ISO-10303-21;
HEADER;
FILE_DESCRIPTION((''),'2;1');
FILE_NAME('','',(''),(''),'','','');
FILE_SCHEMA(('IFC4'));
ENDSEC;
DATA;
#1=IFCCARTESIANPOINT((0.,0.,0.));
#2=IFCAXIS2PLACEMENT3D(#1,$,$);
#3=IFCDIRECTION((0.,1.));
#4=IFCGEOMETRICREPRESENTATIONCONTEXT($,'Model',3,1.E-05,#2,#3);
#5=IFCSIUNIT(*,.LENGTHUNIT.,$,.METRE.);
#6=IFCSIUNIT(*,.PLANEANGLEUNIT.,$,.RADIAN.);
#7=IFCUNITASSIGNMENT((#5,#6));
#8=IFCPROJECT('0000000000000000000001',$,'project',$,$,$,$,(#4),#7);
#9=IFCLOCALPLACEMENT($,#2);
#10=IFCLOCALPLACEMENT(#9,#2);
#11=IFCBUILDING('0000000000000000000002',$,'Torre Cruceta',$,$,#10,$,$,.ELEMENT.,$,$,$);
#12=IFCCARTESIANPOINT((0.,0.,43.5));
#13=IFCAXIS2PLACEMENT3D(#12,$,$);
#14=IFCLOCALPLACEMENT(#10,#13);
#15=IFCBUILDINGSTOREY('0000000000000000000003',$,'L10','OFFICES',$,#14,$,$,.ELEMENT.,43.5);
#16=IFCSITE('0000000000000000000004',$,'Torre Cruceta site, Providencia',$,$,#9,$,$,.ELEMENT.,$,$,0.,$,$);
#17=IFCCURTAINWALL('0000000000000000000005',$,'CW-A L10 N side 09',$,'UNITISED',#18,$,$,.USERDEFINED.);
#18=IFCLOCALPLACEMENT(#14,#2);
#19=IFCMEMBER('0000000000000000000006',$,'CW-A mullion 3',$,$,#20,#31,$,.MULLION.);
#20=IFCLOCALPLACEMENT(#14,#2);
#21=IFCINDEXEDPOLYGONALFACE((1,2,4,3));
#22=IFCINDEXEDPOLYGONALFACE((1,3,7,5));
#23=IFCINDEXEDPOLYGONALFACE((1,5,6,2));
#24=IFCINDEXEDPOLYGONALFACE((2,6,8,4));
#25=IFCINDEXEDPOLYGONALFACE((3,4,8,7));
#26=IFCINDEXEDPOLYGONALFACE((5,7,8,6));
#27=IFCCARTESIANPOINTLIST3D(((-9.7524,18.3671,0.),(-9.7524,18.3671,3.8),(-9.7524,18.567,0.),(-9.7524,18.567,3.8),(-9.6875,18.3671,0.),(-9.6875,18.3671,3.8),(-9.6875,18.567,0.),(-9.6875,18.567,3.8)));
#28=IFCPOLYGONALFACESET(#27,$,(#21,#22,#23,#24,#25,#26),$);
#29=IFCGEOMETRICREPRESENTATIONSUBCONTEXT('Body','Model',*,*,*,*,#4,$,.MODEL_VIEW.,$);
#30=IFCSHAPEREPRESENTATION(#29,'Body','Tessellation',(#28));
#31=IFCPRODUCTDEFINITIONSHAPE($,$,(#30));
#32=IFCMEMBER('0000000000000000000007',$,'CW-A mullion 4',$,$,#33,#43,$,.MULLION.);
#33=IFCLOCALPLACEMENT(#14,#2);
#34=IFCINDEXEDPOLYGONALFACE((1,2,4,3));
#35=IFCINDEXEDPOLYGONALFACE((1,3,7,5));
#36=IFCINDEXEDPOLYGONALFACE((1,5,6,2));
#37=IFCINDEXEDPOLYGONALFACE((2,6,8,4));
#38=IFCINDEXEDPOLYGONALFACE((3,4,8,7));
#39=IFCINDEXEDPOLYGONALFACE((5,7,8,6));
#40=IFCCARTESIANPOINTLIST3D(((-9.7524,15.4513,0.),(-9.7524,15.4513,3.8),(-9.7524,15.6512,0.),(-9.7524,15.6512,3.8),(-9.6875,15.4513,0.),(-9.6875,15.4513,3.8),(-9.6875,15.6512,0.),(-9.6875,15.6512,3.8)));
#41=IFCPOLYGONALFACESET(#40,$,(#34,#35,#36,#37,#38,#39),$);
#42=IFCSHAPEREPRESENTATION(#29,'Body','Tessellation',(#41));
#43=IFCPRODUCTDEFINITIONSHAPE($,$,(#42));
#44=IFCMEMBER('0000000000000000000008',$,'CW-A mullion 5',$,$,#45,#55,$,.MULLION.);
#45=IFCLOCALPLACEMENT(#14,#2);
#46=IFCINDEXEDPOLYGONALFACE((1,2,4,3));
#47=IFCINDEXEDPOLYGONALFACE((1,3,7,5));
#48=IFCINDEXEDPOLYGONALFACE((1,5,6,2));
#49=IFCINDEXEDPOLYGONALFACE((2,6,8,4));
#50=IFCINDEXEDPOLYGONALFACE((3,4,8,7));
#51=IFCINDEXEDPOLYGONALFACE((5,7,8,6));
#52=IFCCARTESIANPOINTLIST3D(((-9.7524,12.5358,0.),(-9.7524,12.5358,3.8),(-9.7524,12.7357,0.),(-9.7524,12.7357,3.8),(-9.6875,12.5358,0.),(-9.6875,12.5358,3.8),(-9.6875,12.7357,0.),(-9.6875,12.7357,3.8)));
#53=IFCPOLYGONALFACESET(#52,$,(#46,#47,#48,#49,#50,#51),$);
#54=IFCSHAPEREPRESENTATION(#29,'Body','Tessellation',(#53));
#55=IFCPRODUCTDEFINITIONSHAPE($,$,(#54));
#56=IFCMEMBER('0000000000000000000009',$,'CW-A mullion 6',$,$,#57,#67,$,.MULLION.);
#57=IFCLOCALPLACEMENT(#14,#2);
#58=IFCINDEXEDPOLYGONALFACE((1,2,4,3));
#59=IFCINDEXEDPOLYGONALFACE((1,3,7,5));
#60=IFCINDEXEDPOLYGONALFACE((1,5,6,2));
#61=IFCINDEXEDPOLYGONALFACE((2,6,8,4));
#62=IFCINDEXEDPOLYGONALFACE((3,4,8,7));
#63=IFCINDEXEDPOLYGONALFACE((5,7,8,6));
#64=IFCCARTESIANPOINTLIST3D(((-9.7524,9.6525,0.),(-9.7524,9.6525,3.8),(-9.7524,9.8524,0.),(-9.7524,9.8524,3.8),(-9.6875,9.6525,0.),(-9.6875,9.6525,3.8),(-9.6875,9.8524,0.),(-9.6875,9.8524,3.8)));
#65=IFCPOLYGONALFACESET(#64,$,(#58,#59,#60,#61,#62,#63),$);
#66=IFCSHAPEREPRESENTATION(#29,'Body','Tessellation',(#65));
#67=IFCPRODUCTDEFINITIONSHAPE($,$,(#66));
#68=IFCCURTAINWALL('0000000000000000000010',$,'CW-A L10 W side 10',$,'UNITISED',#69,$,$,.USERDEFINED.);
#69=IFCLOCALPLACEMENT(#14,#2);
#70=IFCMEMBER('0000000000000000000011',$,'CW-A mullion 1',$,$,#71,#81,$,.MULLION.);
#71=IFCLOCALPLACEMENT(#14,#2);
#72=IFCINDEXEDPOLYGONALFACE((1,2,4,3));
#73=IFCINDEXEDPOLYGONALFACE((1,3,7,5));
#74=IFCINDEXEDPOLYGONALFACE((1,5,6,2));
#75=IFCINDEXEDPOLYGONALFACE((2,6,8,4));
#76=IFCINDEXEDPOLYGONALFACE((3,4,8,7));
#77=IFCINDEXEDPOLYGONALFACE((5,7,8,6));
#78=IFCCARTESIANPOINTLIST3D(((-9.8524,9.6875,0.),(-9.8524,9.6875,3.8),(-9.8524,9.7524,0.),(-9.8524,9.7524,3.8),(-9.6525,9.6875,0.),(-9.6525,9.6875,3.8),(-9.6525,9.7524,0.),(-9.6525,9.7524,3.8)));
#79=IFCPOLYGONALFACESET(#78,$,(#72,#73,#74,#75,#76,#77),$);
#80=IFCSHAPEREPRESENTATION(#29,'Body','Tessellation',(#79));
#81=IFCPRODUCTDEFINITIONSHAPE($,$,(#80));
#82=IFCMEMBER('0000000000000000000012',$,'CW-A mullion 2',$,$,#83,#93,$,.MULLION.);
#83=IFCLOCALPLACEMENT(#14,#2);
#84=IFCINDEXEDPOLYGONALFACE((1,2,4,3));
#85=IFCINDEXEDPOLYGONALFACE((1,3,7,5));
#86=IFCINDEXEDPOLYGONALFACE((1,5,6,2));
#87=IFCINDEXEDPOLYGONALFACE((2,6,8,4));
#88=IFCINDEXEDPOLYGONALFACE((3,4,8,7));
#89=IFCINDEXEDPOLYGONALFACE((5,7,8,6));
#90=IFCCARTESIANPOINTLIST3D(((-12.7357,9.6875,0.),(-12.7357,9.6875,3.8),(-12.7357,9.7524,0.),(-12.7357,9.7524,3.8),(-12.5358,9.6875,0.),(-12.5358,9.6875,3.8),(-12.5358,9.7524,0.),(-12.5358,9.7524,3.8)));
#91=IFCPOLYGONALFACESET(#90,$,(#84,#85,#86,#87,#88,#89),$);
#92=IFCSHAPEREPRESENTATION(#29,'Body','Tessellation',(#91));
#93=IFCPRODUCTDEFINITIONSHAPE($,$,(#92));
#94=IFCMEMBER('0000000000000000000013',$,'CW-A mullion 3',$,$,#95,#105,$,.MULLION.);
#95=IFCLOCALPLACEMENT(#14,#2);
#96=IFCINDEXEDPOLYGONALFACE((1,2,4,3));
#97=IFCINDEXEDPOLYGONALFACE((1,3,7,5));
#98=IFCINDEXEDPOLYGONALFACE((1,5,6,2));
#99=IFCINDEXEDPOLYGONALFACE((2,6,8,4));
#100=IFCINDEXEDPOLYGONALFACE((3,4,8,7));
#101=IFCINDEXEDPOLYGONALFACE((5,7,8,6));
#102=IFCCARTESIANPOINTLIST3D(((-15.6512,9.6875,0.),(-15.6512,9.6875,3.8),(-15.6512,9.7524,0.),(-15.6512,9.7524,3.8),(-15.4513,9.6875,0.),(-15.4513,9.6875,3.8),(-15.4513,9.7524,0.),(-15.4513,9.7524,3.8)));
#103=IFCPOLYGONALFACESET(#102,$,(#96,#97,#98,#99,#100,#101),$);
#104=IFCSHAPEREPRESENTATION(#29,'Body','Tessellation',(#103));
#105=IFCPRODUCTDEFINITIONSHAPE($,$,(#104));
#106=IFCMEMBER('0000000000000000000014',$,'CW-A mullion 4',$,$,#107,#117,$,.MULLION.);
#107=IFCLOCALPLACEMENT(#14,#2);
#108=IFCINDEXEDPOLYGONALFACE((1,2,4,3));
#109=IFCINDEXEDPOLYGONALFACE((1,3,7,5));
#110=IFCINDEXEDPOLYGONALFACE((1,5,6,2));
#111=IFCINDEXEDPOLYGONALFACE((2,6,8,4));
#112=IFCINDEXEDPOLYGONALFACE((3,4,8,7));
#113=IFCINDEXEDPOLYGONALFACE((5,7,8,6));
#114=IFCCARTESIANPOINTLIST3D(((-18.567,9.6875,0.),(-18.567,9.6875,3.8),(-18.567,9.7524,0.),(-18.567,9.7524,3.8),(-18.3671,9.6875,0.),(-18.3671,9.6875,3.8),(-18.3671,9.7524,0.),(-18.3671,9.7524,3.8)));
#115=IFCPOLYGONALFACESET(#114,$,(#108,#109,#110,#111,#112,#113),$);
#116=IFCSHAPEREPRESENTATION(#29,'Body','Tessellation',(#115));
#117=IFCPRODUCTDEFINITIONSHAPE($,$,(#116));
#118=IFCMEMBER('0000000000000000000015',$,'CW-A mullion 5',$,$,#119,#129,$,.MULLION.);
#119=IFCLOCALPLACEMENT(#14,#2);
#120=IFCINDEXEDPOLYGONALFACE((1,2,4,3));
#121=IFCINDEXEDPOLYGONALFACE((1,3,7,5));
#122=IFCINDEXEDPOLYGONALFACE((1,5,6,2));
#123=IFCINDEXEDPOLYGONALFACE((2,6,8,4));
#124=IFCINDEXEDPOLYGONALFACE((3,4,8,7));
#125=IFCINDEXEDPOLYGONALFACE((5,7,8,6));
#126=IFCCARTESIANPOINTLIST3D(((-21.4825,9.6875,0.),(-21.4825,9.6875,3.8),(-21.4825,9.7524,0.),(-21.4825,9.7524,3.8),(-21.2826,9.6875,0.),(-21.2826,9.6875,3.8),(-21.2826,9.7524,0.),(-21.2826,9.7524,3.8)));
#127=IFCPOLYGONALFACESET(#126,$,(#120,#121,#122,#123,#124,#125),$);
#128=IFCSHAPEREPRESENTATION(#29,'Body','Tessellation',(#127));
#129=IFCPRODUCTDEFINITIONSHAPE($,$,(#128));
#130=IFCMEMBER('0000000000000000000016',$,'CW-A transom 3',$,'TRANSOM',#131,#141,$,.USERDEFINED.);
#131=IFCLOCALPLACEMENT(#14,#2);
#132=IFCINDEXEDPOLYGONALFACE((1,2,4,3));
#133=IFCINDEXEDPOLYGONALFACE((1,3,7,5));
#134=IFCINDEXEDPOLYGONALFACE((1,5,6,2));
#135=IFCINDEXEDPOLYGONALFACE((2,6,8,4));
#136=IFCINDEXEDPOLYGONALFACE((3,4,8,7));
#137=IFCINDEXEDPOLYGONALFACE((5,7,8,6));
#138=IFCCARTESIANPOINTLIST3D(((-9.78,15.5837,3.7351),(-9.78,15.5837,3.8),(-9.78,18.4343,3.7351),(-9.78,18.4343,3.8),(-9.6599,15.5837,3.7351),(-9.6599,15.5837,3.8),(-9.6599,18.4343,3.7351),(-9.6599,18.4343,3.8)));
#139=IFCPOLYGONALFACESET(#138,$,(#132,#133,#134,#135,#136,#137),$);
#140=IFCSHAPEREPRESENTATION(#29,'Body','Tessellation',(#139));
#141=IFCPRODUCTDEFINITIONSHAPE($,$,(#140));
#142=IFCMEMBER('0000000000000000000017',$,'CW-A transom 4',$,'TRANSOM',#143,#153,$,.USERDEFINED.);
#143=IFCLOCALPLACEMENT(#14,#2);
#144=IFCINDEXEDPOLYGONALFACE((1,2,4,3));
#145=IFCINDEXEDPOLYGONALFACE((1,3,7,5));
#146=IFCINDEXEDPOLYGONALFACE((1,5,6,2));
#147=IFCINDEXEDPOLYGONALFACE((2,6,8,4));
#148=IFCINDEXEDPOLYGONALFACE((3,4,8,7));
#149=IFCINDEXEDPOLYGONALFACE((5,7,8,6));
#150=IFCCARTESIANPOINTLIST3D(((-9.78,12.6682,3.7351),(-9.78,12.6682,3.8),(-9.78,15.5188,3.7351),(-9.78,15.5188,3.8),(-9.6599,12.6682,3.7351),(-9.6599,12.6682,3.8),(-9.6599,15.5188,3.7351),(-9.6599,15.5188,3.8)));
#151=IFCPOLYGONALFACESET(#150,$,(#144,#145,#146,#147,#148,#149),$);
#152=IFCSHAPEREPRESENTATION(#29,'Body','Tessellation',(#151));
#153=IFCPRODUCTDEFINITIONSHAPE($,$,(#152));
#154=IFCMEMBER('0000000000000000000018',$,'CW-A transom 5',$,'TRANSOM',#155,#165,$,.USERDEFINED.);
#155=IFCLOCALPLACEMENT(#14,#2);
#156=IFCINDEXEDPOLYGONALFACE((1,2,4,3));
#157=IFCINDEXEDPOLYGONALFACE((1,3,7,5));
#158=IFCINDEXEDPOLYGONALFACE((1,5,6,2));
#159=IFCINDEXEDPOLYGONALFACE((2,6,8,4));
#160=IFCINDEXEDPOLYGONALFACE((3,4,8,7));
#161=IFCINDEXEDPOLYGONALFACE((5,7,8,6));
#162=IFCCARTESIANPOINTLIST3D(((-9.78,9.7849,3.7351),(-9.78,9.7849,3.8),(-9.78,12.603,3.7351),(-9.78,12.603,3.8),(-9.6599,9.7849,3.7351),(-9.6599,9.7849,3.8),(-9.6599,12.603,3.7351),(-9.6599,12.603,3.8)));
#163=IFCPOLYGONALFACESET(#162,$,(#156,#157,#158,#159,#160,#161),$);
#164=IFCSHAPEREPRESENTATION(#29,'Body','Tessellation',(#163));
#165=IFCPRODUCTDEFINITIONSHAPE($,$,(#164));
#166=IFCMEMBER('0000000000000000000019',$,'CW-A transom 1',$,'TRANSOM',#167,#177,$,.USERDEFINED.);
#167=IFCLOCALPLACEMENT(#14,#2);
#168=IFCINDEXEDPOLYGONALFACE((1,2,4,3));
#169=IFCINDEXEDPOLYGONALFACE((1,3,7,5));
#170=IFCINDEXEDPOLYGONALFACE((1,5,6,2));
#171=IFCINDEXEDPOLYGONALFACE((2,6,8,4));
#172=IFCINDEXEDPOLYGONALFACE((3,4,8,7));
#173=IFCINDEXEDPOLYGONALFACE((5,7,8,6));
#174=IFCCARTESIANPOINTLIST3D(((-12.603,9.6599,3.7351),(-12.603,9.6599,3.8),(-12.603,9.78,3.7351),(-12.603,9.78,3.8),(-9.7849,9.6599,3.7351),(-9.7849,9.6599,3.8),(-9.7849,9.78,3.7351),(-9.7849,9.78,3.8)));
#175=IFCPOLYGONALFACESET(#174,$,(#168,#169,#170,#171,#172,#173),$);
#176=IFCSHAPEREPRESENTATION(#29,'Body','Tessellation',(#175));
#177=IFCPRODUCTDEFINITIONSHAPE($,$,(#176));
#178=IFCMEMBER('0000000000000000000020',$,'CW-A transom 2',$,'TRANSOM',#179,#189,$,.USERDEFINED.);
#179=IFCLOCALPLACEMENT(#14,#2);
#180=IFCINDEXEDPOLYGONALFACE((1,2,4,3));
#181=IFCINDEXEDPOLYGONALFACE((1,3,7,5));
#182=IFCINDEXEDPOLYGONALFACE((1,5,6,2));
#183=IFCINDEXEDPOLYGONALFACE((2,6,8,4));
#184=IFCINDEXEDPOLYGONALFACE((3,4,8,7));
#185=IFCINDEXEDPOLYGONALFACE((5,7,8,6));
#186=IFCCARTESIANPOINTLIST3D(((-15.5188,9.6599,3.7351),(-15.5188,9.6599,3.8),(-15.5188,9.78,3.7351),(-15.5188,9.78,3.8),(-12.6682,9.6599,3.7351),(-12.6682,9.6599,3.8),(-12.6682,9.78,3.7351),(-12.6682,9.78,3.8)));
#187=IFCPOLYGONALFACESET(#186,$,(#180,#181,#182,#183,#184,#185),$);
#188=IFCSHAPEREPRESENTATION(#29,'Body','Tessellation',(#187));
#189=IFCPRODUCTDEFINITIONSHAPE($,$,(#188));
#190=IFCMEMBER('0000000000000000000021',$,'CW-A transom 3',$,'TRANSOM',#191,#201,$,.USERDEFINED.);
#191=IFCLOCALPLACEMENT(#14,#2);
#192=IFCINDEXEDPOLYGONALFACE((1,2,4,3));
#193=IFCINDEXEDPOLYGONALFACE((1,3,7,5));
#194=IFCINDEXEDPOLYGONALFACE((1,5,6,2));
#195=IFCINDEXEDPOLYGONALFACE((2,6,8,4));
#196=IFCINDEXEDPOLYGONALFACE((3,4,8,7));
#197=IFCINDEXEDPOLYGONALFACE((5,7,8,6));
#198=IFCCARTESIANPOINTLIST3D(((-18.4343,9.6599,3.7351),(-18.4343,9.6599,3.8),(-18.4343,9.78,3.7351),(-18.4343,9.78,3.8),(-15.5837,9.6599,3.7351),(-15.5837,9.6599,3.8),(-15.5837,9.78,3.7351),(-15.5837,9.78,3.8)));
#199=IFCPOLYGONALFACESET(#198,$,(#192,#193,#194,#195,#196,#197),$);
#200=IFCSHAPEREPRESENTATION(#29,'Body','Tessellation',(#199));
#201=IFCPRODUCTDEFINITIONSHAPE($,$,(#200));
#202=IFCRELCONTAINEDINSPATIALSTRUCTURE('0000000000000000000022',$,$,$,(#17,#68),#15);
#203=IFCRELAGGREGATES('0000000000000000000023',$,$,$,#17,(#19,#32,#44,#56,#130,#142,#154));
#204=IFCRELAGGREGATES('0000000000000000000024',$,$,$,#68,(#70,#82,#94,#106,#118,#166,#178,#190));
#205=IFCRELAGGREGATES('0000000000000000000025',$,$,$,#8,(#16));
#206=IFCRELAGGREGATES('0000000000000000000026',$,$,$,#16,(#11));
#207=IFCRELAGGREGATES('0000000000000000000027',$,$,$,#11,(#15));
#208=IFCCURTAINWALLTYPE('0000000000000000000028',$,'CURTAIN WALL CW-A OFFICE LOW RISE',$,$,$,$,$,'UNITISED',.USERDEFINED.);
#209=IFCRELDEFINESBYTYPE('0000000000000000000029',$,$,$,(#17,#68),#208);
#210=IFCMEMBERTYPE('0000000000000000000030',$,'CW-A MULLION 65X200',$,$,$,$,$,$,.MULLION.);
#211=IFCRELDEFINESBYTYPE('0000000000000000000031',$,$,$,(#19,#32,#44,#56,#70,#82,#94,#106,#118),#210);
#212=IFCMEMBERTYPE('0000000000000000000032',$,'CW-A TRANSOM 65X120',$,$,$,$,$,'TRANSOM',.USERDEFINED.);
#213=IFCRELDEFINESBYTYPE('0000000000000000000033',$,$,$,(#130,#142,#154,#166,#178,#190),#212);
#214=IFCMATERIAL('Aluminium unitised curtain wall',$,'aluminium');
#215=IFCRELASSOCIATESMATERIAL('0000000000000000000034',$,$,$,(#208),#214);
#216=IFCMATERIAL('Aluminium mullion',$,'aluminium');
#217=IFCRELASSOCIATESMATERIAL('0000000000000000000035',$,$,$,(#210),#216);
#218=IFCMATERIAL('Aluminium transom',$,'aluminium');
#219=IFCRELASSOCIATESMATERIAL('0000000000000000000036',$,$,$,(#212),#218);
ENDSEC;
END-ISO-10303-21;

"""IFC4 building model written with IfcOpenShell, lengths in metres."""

from ifc_helpers import new_model, si_unit, direction, frame, origin, origin_2d, place, context, subcontext, project, spatial, rectangle, extrude, material, material_profile, profile_set, type_object, element, aggregate, save


model = new_model("IFC4")

# Units and contexts
model_context = context("Model", 3, precision=1e-05, world=origin(), true_north=direction((0.0, 1.0)))
body_context = subcontext(model_context, "Body", "Model", "MODEL_VIEW")
ifc_project = project(units=[si_unit("LENGTHUNIT", "METRE"), si_unit("PLANEANGLEUNIT", "RADIAN")], contexts=[model_context])

# Site, building, storey
site_placement = place(None, origin())
site = spatial("IfcSite", under=ifc_project, at=site_placement, Name="Torre Cruceta site, Providencia", CompositionType="ELEMENT", RefElevation=0.0)
building_placement = place(site_placement, origin())
building = spatial("IfcBuilding", under=site, at=building_placement, Name="Torre Cruceta", CompositionType="ELEMENT")
storey_placement = place(building_placement, frame((0.0, 0.0, 43.5)))
storey = spatial("IfcBuildingStorey", under=building, at=storey_placement, Name="L10", Description="OFFICES", CompositionType="ELEMENT", Elevation=43.5)

# Curtain walls, members
ifc_material_1 = material(Name="Aluminium unitised curtain wall", Category="aluminium")
curtain_wall_type = type_object("IfcCurtainWallType", Name="CURTAIN WALL CW-A OFFICE LOW RISE", ElementType="UNITISED", PredefinedType="USERDEFINED", material=ifc_material_1)
curtain_wall_1_placement = place(storey_placement, origin())
curtain_wall_1 = element("IfcCurtainWall", 1, at=curtain_wall_1_placement, inside=storey, type_object=curtain_wall_type, Name="CW-A L10 N side 09", ObjectType="UNITISED", PredefinedType="USERDEFINED")
ifc_material_2 = material(Name="Aluminium mullion", Category="aluminium")
ifc_material_profile_1 = material_profile(ifc_material_2, rectangle(XDim=0.0649, YDim=0.2, at=origin_2d()), Name="AL 65X200")
ifc_profile_set_1 = profile_set([ifc_material_profile_1], Name="Aluminium mullion")
member_type_1 = type_object("IfcMemberType", Name="CW-A MULLION 65X200", PredefinedType="MULLION", material=ifc_profile_set_1)
member_1_placement = place(storey_placement, frame((-9.72, 18.467, 0.0), z_axis=(0.0, 0.0, 1.0), x_axis=(1.0, 0.0, 0.0)))
member_1 = element("IfcMember", 2, at=member_1_placement, type_object=member_type_1, Name="CW-A mullion 3", PredefinedType="MULLION", context=body_context, shape_type="SweptSolid", body=[
    extrude(rectangle(XDim=0.0649, YDim=0.2, at=origin_2d()), origin(), (0.0, 0.0, 1.0), 3.8),
])
member_2_placement = place(storey_placement, frame((-9.72, 15.5513, 0.0), z_axis=(0.0, 0.0, 1.0), x_axis=(1.0, 0.0, 0.0)))
member_2 = element("IfcMember", 3, at=member_2_placement, type_object=member_type_1, Name="CW-A mullion 4", PredefinedType="MULLION", context=body_context, shape_type="SweptSolid", body=[
    extrude(rectangle(XDim=0.0649, YDim=0.2, at=origin_2d()), origin(), (0.0, 0.0, 1.0), 3.8),
])
member_3_placement = place(storey_placement, frame((-9.72, 12.6357, 0.0), z_axis=(0.0, 0.0, 1.0), x_axis=(1.0, 0.0, 0.0)))
member_3 = element("IfcMember", 4, at=member_3_placement, type_object=member_type_1, Name="CW-A mullion 5", PredefinedType="MULLION", context=body_context, shape_type="SweptSolid", body=[
    extrude(rectangle(XDim=0.0649, YDim=0.2, at=origin_2d()), origin(), (0.0, 0.0, 1.0), 3.8),
])
member_4_placement = place(storey_placement, frame((-9.72, 9.7524, 0.0), z_axis=(0.0, 0.0, 1.0), x_axis=(1.0, 0.0, 0.0)))
member_4 = element("IfcMember", 5, at=member_4_placement, type_object=member_type_1, Name="CW-A mullion 6", PredefinedType="MULLION", context=body_context, shape_type="SweptSolid", body=[
    extrude(rectangle(XDim=0.0649, YDim=0.2, at=origin_2d()), origin(), (0.0, 0.0, 1.0), 3.8),
])
curtain_wall_2_placement = place(storey_placement, origin())
curtain_wall_2 = element("IfcCurtainWall", 6, at=curtain_wall_2_placement, inside=storey, type_object=curtain_wall_type, Name="CW-A L10 W side 10", ObjectType="UNITISED", PredefinedType="USERDEFINED")
member_5_placement = place(storey_placement, frame((-9.7524, 9.72, 0.0), z_axis=(0.0, 0.0, 1.0), x_axis=(0.0, -1.0, 0.0)))
member_5 = element("IfcMember", 7, at=member_5_placement, type_object=member_type_1, Name="CW-A mullion 1", PredefinedType="MULLION", context=body_context, shape_type="SweptSolid", body=[
    extrude(rectangle(XDim=0.0649, YDim=0.2, at=origin_2d()), origin(), (0.0, 0.0, 1.0), 3.8),
])
member_6_placement = place(storey_placement, frame((-12.6357, 9.72, 0.0), z_axis=(0.0, 0.0, 1.0), x_axis=(0.0, -1.0, 0.0)))
member_6 = element("IfcMember", 8, at=member_6_placement, type_object=member_type_1, Name="CW-A mullion 2", PredefinedType="MULLION", context=body_context, shape_type="SweptSolid", body=[
    extrude(rectangle(XDim=0.0649, YDim=0.2, at=origin_2d()), origin(), (0.0, 0.0, 1.0), 3.8),
])
member_7_placement = place(storey_placement, frame((-15.5513, 9.72, 0.0), z_axis=(0.0, 0.0, 1.0), x_axis=(0.0, -1.0, 0.0)))
member_7 = element("IfcMember", 9, at=member_7_placement, type_object=member_type_1, Name="CW-A mullion 3", PredefinedType="MULLION", context=body_context, shape_type="SweptSolid", body=[
    extrude(rectangle(XDim=0.0649, YDim=0.2, at=origin_2d()), origin(), (0.0, 0.0, 1.0), 3.8),
])
member_8_placement = place(storey_placement, frame((-18.467, 9.72, 0.0), z_axis=(0.0, 0.0, 1.0), x_axis=(0.0, -1.0, 0.0)))
member_8 = element("IfcMember", 10, at=member_8_placement, type_object=member_type_1, Name="CW-A mullion 4", PredefinedType="MULLION", context=body_context, shape_type="SweptSolid", body=[
    extrude(rectangle(XDim=0.0649, YDim=0.2, at=origin_2d()), origin(), (0.0, 0.0, 1.0), 3.8),
])
member_9_placement = place(storey_placement, frame((-21.3826, 9.72, 0.0), z_axis=(0.0, 0.0, 1.0), x_axis=(0.0, -1.0, 0.0)))
member_9 = element("IfcMember", 11, at=member_9_placement, type_object=member_type_1, Name="CW-A mullion 5", PredefinedType="MULLION", context=body_context, shape_type="SweptSolid", body=[
    extrude(rectangle(XDim=0.0649, YDim=0.2, at=origin_2d()), origin(), (0.0, 0.0, 1.0), 3.8),
])

# Members
ifc_material_3 = material(Name="Aluminium transom", Category="aluminium")
ifc_material_profile_2 = material_profile(ifc_material_3, rectangle(XDim=0.1201, YDim=0.0649, at=origin_2d()), Name="AL 120X65")
ifc_profile_set_2 = profile_set([ifc_material_profile_2], Name="Aluminium transom")
member_type_2 = type_object("IfcMemberType", Name="CW-A TRANSOM 65X120", ElementType="TRANSOM", PredefinedType="USERDEFINED", material=ifc_profile_set_2)
member_10_placement = place(storey_placement, frame((-9.72, 18.4343, 3.7676), z_axis=(0.0, -1.0, 0.0), x_axis=(1.0, 0.0, 0.0)))
member_10 = element("IfcMember", 12, at=member_10_placement, type_object=member_type_2, Name="CW-A transom 3", ObjectType="TRANSOM", PredefinedType="USERDEFINED", context=body_context, shape_type="SweptSolid", body=[
    extrude(rectangle(XDim=0.1201, YDim=0.0649, at=origin_2d()), origin(), (0.0, 0.0, 1.0), 2.8506),
])
member_11_placement = place(storey_placement, frame((-9.72, 15.5188, 3.7676), z_axis=(0.0, -1.0, 0.0), x_axis=(1.0, 0.0, 0.0)))
member_11 = element("IfcMember", 13, at=member_11_placement, type_object=member_type_2, Name="CW-A transom 4", ObjectType="TRANSOM", PredefinedType="USERDEFINED", context=body_context, shape_type="SweptSolid", body=[
    extrude(rectangle(XDim=0.1201, YDim=0.0649, at=origin_2d()), origin(), (0.0, 0.0, 1.0), 2.8506),
])
member_12_placement = place(storey_placement, frame((-9.72, 12.603, 3.7676), z_axis=(0.0, -1.0, 0.0), x_axis=(1.0, 0.0, 0.0)))
member_12 = element("IfcMember", 14, at=member_12_placement, type_object=member_type_2, Name="CW-A transom 5", ObjectType="TRANSOM", PredefinedType="USERDEFINED", context=body_context, shape_type="SweptSolid", body=[
    extrude(rectangle(XDim=0.1201, YDim=0.0649, at=origin_2d()), origin(), (0.0, 0.0, 1.0), 2.8181),
])
member_13_placement = place(storey_placement, frame((-9.7849, 9.72, 3.7676), z_axis=(-1.0, 0.0, 0.0), x_axis=(0.0, -1.0, 0.0)))
member_13 = element("IfcMember", 15, at=member_13_placement, type_object=member_type_2, Name="CW-A transom 1", ObjectType="TRANSOM", PredefinedType="USERDEFINED", context=body_context, shape_type="SweptSolid", body=[
    extrude(rectangle(XDim=0.1201, YDim=0.0649, at=origin_2d()), origin(), (0.0, 0.0, 1.0), 2.8181),
])
member_14_placement = place(storey_placement, frame((-12.6682, 9.72, 3.7676), z_axis=(-1.0, 0.0, 0.0), x_axis=(0.0, -1.0, 0.0)))
member_14 = element("IfcMember", 16, at=member_14_placement, type_object=member_type_2, Name="CW-A transom 2", ObjectType="TRANSOM", PredefinedType="USERDEFINED", context=body_context, shape_type="SweptSolid", body=[
    extrude(rectangle(XDim=0.1201, YDim=0.0649, at=origin_2d()), origin(), (0.0, 0.0, 1.0), 2.8506),
])
member_15_placement = place(storey_placement, frame((-15.5837, 9.72, 3.7676), z_axis=(-1.0, 0.0, 0.0), x_axis=(0.0, -1.0, 0.0)))
member_15 = element("IfcMember", 17, at=member_15_placement, type_object=member_type_2, Name="CW-A transom 3", ObjectType="TRANSOM", PredefinedType="USERDEFINED", context=body_context, shape_type="SweptSolid", body=[
    extrude(rectangle(XDim=0.1201, YDim=0.0649, at=origin_2d()), origin(), (0.0, 0.0, 1.0), 2.8506),
])

aggregate(curtain_wall_1, [member_1, member_2, member_3, member_4, member_10, member_11, member_12])
aggregate(curtain_wall_2, [member_5, member_6, member_7, member_8, member_9, member_13, member_14, member_15])

save(model, "model.ifc")
